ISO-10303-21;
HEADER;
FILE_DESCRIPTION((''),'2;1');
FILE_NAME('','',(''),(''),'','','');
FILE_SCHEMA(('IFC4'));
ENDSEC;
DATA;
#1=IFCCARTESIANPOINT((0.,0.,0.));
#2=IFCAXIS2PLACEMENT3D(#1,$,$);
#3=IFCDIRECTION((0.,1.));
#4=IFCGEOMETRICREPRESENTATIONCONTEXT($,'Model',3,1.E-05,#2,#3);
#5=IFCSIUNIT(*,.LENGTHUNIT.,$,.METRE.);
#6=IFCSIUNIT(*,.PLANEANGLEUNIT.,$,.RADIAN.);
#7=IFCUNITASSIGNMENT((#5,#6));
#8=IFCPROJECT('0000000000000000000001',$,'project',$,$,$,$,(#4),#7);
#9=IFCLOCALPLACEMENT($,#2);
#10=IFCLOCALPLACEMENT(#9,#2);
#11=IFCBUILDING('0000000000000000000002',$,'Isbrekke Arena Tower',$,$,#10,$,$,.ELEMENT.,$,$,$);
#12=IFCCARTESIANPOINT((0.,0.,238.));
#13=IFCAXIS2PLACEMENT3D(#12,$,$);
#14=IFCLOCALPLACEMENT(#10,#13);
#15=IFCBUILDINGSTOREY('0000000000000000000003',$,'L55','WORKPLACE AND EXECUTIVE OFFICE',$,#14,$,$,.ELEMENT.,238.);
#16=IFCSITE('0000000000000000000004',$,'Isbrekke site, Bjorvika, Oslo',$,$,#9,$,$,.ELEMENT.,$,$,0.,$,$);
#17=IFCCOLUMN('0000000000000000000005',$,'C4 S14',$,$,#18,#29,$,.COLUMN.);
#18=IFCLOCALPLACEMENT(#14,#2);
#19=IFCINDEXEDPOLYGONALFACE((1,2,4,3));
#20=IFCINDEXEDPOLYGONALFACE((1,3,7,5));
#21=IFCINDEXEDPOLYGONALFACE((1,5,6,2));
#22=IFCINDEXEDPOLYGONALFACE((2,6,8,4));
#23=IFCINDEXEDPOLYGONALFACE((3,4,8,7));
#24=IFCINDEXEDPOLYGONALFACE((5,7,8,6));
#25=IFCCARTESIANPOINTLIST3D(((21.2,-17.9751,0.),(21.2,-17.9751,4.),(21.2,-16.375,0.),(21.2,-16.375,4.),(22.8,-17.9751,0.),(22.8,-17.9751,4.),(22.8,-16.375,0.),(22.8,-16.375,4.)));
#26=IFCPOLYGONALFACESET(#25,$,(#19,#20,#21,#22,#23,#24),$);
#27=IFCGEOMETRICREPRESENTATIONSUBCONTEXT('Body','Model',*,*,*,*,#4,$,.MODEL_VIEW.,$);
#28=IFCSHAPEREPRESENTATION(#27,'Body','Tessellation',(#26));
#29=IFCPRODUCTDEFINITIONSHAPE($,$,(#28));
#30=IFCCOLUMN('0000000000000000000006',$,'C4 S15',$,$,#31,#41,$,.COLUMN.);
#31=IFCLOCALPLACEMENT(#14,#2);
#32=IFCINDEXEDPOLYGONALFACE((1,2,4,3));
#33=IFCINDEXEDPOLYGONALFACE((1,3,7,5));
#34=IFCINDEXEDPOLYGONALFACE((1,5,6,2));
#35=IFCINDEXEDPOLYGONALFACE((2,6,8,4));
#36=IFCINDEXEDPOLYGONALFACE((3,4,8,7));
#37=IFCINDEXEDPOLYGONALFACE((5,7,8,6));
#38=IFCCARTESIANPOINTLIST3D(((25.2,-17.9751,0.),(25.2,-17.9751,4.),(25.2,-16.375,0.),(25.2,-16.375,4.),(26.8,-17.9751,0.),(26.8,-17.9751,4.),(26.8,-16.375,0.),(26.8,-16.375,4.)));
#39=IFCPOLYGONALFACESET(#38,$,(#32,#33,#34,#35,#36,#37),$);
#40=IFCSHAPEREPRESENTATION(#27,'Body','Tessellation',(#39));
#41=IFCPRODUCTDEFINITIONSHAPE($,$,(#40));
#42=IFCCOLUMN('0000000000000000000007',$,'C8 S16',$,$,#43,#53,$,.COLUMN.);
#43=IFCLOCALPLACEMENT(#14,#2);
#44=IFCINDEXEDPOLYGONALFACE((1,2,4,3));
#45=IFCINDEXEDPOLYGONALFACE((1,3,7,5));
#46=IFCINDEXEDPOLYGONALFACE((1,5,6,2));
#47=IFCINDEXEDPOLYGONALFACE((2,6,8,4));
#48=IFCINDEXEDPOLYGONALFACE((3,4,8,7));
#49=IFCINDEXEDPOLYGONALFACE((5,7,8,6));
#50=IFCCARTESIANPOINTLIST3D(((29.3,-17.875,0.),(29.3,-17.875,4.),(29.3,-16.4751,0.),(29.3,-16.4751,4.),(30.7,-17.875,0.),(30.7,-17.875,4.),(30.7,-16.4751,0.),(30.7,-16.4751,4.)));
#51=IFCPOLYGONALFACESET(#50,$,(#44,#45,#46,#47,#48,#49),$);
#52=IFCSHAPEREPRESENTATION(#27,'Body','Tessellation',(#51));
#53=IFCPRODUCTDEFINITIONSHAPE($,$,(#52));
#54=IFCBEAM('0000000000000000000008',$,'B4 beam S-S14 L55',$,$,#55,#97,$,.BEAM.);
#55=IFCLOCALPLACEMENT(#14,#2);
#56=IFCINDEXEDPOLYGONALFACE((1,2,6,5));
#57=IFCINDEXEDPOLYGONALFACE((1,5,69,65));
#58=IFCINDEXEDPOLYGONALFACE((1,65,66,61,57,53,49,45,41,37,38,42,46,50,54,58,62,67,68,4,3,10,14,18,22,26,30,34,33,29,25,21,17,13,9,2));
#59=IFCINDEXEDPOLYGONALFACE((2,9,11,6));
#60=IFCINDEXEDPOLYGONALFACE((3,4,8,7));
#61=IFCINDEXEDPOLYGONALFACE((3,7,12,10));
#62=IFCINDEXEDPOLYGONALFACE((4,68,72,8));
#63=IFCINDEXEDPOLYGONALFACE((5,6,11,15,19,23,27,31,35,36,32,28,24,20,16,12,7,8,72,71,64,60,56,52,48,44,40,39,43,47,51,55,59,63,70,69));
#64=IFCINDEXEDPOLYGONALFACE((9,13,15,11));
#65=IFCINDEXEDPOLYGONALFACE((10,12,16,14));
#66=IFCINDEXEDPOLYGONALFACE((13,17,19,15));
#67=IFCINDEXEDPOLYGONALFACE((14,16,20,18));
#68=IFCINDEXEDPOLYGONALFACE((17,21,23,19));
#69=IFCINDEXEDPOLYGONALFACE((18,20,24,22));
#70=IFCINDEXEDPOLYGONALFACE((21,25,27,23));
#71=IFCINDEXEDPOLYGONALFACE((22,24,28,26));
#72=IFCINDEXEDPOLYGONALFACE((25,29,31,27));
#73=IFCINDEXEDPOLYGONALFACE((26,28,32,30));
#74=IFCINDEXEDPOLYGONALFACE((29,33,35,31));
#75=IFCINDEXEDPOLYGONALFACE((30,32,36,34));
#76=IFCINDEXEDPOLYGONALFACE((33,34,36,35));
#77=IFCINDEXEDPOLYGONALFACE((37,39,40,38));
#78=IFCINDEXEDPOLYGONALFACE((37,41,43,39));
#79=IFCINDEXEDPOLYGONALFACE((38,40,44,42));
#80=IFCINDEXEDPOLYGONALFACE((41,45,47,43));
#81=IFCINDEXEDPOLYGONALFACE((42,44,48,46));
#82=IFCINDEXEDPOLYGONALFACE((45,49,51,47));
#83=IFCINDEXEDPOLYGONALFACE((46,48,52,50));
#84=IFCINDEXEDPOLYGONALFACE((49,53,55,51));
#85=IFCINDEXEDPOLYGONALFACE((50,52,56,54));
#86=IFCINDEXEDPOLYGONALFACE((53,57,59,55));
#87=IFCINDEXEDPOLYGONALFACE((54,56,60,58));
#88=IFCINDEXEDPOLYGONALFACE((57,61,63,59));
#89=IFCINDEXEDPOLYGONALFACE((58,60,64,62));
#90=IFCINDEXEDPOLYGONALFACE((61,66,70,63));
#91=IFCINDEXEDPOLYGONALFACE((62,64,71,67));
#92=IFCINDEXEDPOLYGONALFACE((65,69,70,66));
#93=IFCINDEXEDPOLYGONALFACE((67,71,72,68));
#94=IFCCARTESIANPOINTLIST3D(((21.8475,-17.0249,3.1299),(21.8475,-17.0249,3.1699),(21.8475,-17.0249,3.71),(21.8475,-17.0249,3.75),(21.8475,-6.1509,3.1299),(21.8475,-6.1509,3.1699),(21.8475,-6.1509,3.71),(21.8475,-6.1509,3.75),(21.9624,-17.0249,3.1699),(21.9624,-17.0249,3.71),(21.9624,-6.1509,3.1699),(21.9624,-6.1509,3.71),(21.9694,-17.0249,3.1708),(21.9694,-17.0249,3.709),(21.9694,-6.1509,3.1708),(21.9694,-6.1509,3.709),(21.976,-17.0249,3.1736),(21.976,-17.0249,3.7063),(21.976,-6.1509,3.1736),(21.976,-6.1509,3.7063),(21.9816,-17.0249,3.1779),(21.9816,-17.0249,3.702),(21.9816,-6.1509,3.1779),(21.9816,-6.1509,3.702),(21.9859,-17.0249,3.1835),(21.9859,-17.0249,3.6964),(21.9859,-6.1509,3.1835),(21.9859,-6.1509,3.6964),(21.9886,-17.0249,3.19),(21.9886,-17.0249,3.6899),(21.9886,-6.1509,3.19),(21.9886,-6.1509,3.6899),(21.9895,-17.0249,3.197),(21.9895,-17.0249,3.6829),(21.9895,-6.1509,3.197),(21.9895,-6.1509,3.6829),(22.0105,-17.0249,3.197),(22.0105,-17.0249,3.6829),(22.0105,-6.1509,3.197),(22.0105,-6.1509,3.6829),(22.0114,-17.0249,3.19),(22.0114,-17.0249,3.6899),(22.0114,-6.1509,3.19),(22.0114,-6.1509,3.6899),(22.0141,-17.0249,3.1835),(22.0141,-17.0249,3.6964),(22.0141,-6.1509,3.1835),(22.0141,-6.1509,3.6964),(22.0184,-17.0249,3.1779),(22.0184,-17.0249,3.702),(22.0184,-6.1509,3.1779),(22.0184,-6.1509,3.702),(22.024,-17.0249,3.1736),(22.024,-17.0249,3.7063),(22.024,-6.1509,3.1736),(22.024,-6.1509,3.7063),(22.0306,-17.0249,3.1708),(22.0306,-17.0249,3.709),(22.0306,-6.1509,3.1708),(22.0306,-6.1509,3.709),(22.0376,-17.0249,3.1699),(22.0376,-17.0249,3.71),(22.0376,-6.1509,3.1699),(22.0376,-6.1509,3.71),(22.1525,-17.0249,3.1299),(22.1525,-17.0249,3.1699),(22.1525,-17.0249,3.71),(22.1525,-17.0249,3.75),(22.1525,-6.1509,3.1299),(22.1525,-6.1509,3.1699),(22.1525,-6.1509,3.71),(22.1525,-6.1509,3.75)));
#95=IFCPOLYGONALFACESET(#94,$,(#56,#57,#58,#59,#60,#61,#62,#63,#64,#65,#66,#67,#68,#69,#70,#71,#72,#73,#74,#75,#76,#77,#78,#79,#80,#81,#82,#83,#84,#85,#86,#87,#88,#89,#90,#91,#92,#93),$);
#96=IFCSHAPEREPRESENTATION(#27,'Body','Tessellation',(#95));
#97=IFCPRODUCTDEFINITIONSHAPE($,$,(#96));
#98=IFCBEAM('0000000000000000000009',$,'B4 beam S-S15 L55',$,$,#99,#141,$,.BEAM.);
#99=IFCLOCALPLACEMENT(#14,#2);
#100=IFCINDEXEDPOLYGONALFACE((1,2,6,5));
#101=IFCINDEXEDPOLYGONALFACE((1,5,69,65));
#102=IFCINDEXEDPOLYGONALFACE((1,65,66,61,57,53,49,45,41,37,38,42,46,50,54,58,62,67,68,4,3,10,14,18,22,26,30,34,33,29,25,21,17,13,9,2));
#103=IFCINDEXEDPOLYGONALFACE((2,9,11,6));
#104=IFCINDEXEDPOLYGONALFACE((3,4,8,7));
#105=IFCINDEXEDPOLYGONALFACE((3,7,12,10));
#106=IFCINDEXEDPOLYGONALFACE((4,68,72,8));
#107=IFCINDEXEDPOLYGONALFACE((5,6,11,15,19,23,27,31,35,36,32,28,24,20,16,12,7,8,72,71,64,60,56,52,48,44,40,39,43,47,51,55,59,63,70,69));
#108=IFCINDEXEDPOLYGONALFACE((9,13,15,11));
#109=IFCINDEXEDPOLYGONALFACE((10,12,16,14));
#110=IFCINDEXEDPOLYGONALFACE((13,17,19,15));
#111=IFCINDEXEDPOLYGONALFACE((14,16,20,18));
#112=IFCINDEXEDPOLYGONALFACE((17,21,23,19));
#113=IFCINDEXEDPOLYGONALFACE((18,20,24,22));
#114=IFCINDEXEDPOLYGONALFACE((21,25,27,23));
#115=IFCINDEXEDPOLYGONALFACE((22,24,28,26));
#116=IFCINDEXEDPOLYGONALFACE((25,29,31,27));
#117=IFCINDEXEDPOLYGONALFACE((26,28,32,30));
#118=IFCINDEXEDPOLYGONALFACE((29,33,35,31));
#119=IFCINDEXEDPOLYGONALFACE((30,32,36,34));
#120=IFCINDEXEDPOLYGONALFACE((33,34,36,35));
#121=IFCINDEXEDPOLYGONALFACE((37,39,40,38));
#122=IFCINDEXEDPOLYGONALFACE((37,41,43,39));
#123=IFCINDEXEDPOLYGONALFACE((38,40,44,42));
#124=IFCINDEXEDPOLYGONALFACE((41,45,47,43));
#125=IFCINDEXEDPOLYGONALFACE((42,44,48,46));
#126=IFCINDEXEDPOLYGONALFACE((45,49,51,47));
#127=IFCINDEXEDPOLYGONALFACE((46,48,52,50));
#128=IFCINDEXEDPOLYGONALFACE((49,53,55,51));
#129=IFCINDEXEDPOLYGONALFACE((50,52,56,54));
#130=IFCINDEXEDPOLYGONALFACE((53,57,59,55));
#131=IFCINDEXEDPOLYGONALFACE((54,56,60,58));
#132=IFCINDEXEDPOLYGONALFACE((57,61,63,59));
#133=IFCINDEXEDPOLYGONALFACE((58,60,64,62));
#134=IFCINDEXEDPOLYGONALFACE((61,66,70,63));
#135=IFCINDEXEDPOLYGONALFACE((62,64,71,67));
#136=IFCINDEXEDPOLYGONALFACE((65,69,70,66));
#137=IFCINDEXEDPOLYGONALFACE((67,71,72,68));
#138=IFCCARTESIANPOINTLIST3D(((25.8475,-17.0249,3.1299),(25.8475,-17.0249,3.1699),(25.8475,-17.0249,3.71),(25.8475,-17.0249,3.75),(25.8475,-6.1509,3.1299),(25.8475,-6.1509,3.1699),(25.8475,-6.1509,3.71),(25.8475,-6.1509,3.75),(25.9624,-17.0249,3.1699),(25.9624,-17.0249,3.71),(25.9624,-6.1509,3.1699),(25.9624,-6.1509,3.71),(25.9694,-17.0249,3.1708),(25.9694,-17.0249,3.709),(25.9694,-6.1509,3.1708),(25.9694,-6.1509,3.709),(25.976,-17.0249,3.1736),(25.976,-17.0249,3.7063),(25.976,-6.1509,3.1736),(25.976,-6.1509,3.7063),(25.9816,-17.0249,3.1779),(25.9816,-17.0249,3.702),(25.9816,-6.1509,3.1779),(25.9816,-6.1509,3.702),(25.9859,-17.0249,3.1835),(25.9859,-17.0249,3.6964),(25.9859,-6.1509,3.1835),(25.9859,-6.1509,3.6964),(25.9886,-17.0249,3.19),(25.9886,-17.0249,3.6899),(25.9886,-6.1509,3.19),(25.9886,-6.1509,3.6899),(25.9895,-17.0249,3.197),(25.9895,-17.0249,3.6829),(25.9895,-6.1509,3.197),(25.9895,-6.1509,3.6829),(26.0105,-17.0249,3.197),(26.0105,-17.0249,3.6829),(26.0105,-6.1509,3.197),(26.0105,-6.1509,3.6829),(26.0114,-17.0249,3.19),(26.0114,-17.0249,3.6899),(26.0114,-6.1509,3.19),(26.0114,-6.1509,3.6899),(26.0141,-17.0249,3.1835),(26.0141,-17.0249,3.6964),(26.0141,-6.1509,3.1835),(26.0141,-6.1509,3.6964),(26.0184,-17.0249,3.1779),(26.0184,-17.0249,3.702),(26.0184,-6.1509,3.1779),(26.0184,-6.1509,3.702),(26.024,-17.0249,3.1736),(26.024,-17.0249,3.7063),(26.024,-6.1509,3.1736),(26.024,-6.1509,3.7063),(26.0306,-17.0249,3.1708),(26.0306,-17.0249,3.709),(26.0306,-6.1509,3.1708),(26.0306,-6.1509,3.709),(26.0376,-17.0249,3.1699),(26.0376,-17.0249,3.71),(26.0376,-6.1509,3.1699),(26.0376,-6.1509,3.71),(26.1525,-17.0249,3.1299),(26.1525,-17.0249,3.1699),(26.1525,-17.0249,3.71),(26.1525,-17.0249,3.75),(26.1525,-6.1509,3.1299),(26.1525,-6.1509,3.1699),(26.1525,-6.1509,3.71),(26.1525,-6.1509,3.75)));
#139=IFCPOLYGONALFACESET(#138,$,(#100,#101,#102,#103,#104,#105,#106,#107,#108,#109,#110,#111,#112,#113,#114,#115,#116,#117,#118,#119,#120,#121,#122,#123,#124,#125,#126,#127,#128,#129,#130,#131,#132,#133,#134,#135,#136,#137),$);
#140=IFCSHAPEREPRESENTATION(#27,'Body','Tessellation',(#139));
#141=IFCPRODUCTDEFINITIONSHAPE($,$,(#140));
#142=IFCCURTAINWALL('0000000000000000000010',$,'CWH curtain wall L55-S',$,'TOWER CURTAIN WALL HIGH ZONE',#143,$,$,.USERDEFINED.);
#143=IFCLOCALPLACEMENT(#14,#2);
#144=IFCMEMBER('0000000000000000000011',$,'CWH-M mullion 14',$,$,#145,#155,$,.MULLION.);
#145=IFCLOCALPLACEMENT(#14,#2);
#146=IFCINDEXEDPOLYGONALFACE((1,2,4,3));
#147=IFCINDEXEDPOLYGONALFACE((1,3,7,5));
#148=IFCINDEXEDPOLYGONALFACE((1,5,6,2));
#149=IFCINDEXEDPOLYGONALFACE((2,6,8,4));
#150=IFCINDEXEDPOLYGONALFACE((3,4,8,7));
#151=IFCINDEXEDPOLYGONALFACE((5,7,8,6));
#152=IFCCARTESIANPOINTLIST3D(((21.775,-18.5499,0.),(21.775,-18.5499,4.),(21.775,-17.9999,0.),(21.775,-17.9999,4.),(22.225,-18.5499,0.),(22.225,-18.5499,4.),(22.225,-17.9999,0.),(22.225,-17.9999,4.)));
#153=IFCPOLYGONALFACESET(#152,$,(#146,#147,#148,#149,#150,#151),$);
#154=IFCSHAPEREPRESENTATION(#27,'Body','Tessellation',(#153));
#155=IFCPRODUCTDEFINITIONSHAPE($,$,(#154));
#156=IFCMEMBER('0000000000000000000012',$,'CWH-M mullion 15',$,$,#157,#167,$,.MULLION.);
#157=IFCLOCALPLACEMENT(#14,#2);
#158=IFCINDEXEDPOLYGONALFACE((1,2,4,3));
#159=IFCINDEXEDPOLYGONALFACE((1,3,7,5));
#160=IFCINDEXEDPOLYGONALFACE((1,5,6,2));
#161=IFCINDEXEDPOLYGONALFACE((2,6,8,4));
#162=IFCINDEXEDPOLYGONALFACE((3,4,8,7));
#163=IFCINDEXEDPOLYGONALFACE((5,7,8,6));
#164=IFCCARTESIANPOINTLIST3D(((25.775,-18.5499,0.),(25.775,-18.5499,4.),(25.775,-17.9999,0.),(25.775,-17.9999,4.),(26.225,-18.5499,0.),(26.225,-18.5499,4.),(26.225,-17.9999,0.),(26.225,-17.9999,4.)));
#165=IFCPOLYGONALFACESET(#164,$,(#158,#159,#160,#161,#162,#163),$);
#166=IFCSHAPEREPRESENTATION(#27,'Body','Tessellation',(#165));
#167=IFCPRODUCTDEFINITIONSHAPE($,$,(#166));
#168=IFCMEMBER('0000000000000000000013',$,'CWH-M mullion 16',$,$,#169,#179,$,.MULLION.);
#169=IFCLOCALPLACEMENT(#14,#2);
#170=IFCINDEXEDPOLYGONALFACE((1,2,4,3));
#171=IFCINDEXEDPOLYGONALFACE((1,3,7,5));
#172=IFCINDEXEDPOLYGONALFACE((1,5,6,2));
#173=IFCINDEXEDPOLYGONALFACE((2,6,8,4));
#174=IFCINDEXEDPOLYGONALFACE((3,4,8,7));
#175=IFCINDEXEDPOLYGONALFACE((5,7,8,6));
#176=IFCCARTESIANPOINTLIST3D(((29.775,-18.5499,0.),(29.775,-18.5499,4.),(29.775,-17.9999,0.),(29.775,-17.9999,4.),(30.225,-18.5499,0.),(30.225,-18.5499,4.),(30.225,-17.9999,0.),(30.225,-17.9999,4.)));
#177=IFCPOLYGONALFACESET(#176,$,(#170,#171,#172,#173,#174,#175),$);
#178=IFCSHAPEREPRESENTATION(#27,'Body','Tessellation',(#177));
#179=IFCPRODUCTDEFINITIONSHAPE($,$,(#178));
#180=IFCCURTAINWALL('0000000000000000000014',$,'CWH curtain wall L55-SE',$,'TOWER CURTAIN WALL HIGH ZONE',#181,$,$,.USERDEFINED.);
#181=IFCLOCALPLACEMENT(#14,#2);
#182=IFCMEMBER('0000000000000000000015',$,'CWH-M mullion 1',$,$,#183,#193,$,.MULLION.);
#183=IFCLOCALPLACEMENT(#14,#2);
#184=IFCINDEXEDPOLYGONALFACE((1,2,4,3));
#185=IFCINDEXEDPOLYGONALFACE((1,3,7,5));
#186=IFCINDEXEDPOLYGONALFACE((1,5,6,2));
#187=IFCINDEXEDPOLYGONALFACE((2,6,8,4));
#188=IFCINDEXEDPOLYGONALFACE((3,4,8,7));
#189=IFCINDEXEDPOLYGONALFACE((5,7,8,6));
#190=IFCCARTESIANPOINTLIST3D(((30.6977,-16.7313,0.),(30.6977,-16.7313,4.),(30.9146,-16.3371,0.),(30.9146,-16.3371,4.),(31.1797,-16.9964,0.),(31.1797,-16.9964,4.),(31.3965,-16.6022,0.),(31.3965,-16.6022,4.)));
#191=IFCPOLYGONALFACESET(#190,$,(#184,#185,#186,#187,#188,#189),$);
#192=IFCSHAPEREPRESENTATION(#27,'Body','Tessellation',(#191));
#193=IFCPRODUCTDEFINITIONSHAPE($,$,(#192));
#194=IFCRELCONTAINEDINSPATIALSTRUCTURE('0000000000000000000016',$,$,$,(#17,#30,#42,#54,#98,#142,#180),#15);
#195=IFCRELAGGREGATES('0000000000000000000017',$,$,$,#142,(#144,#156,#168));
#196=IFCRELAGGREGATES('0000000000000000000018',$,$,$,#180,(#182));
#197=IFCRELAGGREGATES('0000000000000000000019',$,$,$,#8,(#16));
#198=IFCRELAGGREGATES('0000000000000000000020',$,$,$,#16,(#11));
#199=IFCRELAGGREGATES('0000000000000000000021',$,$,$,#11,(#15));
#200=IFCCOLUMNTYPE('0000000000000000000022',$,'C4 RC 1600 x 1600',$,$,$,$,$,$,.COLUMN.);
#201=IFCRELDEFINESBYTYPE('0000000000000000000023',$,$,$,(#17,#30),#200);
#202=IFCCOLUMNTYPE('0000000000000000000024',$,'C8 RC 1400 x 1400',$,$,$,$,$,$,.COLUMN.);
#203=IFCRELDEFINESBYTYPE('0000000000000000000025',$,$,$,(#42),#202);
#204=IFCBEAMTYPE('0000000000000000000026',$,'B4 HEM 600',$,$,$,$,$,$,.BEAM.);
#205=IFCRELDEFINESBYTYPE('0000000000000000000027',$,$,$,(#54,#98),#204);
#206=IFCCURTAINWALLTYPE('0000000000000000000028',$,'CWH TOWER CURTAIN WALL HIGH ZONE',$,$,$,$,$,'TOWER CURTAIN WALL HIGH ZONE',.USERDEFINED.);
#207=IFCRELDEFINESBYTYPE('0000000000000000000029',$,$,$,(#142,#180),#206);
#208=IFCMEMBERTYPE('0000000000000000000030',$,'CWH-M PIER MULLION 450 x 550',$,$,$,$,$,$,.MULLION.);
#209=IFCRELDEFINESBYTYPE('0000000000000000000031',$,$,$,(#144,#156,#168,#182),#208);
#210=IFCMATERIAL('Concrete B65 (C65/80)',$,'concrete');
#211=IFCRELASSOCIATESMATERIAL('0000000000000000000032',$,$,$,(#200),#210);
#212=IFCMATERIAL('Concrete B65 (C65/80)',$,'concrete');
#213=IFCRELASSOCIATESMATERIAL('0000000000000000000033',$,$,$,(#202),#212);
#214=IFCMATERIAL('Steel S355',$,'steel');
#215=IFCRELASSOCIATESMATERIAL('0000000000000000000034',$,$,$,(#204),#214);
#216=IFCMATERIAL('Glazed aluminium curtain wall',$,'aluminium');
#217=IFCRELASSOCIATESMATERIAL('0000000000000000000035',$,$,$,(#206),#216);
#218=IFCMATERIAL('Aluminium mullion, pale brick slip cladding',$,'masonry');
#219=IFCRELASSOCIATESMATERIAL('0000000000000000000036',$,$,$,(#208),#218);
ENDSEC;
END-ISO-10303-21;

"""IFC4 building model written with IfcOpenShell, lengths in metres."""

from ifc_helpers import new_model, si_unit, direction, frame, origin, origin_2d, place, context, subcontext, project, spatial, rectangle, i_section, extrude, material, material_profile, profile_set, type_object, element, aggregate, save


model = new_model("IFC4")

# Units and contexts
model_context = context("Model", 3, precision=1e-05, world=origin(), true_north=direction((0.0, 1.0)))
body_context = subcontext(model_context, "Body", "Model", "MODEL_VIEW")
ifc_project = project(units=[si_unit("LENGTHUNIT", "METRE"), si_unit("PLANEANGLEUNIT", "RADIAN")], contexts=[model_context])

# Site, building, storey
site_placement = place(None, origin())
site = spatial("IfcSite", under=ifc_project, at=site_placement, Name="Isbrekke site, Bjorvika, Oslo", CompositionType="ELEMENT", RefElevation=0.0)
building_placement = place(site_placement, origin())
building = spatial("IfcBuilding", under=site, at=building_placement, Name="Isbrekke Arena Tower", CompositionType="ELEMENT")
storey_placement = place(building_placement, frame((0.0, 0.0, 238.0)))
storey = spatial("IfcBuildingStorey", under=building, at=storey_placement, Name="L55", Description="WORKPLACE AND EXECUTIVE OFFICE", CompositionType="ELEMENT", Elevation=238.0)

# Columns
ifc_material_1 = material(Name="Concrete B65 (C65/80)", Category="concrete")
ifc_material_profile_1 = material_profile(ifc_material_1, rectangle(XDim=1.6001, YDim=1.6001, at=origin_2d()), Name="RC 1600x1600")
ifc_profile_set_1 = profile_set([ifc_material_profile_1], Name="Concrete B65 (C65/80)")
column_type_1 = type_object("IfcColumnType", Name="C4 RC 1600 x 1600", PredefinedType="COLUMN", material=ifc_profile_set_1)
for number, where, z_axis, x_axis, name in (
    (1, (22.0, -17.175, 0.0), (0.0, 0.0, 1.0), (1.0, 0.0, 0.0), "C4 S14"),
    (2, (26.0, -17.175, 0.0), (0.0, 0.0, 1.0), (1.0, 0.0, 0.0), "C4 S15"),
):
    element("IfcColumn", number, at=place(storey_placement, frame(where, z_axis=z_axis, x_axis=x_axis)), inside=storey, type_object=column_type_1, Name=name, PredefinedType="COLUMN", context=body_context, shape_type="SweptSolid", body=[
        extrude(rectangle(XDim=1.6001, YDim=1.6001, at=origin_2d()), origin(), (0.0, 0.0, 1.0), 4.0),
    ])
ifc_material_2 = material(Name="Concrete B65 (C65/80)", Category="concrete")
ifc_material_profile_2 = material_profile(ifc_material_2, rectangle(XDim=1.3999, YDim=1.3999, at=origin_2d()), Name="RC 1400x1400")
ifc_profile_set_2 = profile_set([ifc_material_profile_2], Name="Concrete B65 (C65/80)")
column_type_2 = type_object("IfcColumnType", Name="C8 RC 1400 x 1400", PredefinedType="COLUMN", material=ifc_profile_set_2)
column_placement = place(storey_placement, frame((30.0, -17.175, 0.0), z_axis=(0.0, 0.0, 1.0), x_axis=(1.0, 0.0, 0.0)))
element("IfcColumn", 3, at=column_placement, inside=storey, type_object=column_type_2, Name="C8 S16", PredefinedType="COLUMN", context=body_context, shape_type="SweptSolid", body=[
    extrude(rectangle(XDim=1.3999, YDim=1.3999, at=origin_2d()), origin(), (0.0, 0.0, 1.0), 4.0),
])

# Beams
ifc_material_3 = material(Name="Steel S355", Category="steel")
ifc_material_profile_3 = material_profile(ifc_material_3, i_section(OverallWidth=0.3049, OverallDepth=0.6201, WebThickness=0.021, FlangeThickness=0.04, FilletRadius=0.0271, at=origin_2d()), Name="HEM 600")
ifc_profile_set_3 = profile_set([ifc_material_profile_3], Name="Steel S355")
beam_type_1 = type_object("IfcBeamType", Name="B4 HEM 600", PredefinedType="BEAM", material=ifc_profile_set_3)
for number, where, z_axis, x_axis, name in (
    (4, (22.0, -17.0249, 3.4399), (0.0, 1.0, 0.0), (-1.0, 0.0, 0.0), "B4 beam S-S14 L55"),
    (5, (26.0, -17.0249, 3.4399), (0.0, 1.0, 0.0), (-1.0, 0.0, 0.0), "B4 beam S-S15 L55"),
):
    element("IfcBeam", number, at=place(storey_placement, frame(where, z_axis=z_axis, x_axis=x_axis)), inside=storey, type_object=beam_type_1, Name=name, PredefinedType="BEAM", context=body_context, shape_type="SweptSolid", body=[
        extrude(i_section(OverallWidth=0.3049, OverallDepth=0.6201, WebThickness=0.021, FlangeThickness=0.04, FilletRadius=0.0271, at=origin_2d()), origin(), (0.0, 0.0, 1.0), 10.874),
    ])

# Curtain walls, members
ifc_material_4 = material(Name="Glazed aluminium curtain wall", Category="aluminium")
curtain_wall_type = type_object("IfcCurtainWallType", Name="CWH TOWER CURTAIN WALL HIGH ZONE", ElementType="TOWER CURTAIN WALL HIGH ZONE", PredefinedType="USERDEFINED", material=ifc_material_4)
curtain_wall_1_placement = place(storey_placement, origin())
curtain_wall_1 = element("IfcCurtainWall", 6, at=curtain_wall_1_placement, inside=storey, type_object=curtain_wall_type, Name="CWH curtain wall L55-S", ObjectType="TOWER CURTAIN WALL HIGH ZONE", PredefinedType="USERDEFINED")
ifc_material_5 = material(Name="Aluminium mullion, pale brick slip cladding", Category="masonry")
ifc_material_profile_4 = material_profile(ifc_material_5, rectangle(XDim=0.45, YDim=0.55, at=origin_2d()), Name="PIER 450X550")
ifc_profile_set_4 = profile_set([ifc_material_profile_4], Name="Aluminium mullion, pale brick slip cladding")
member_type_1 = type_object("IfcMemberType", Name="CWH-M PIER MULLION 450 x 550", PredefinedType="MULLION", material=ifc_profile_set_4)
member_1_placement = place(storey_placement, frame((22.0, -18.2749, 0.0), z_axis=(0.0, 0.0, 1.0), x_axis=(1.0, 0.0, 0.0)))
member_1 = element("IfcMember", 7, at=member_1_placement, type_object=member_type_1, Name="CWH-M mullion 14", PredefinedType="MULLION", context=body_context, shape_type="SweptSolid", body=[
    extrude(rectangle(XDim=0.45, YDim=0.55, at=origin_2d()), origin(), (0.0, 0.0, 1.0), 4.0),
])
member_2_placement = place(storey_placement, frame((26.0, -18.2749, 0.0), z_axis=(0.0, 0.0, 1.0), x_axis=(1.0, 0.0, 0.0)))
member_2 = element("IfcMember", 8, at=member_2_placement, type_object=member_type_1, Name="CWH-M mullion 15", PredefinedType="MULLION", context=body_context, shape_type="SweptSolid", body=[
    extrude(rectangle(XDim=0.45, YDim=0.55, at=origin_2d()), origin(), (0.0, 0.0, 1.0), 4.0),
])
member_3_placement = place(storey_placement, frame((30.0, -18.2749, 0.0), z_axis=(0.0, 0.0, 1.0), x_axis=(1.0, 0.0, 0.0)))
member_3 = element("IfcMember", 9, at=member_3_placement, type_object=member_type_1, Name="CWH-M mullion 16", PredefinedType="MULLION", context=body_context, shape_type="SweptSolid", body=[
    extrude(rectangle(XDim=0.45, YDim=0.55, at=origin_2d()), origin(), (0.0, 0.0, 1.0), 4.0),
])
curtain_wall_2_placement = place(storey_placement, origin())
curtain_wall_2 = element("IfcCurtainWall", 10, at=curtain_wall_2_placement, inside=storey, type_object=curtain_wall_type, Name="CWH curtain wall L55-SE", ObjectType="TOWER CURTAIN WALL HIGH ZONE", PredefinedType="USERDEFINED")
member_4_placement = place(storey_placement, frame((31.0471, -16.6667, 0.0), z_axis=(0.0, 0.0, 1.0), x_axis=(0.481919, 0.876216, 0.0)))
member_4 = element("IfcMember", 11, at=member_4_placement, type_object=member_type_1, Name="CWH-M mullion 1", PredefinedType="MULLION", context=body_context, shape_type="SweptSolid", body=[
    extrude(rectangle(XDim=0.45, YDim=0.55, at=origin_2d()), origin(), (0.0, 0.0, 1.0), 4.0),
])

aggregate(curtain_wall_1, [member_1, member_2, member_3])
aggregate(curtain_wall_2, [member_4])

save(model, "model.ifc")
